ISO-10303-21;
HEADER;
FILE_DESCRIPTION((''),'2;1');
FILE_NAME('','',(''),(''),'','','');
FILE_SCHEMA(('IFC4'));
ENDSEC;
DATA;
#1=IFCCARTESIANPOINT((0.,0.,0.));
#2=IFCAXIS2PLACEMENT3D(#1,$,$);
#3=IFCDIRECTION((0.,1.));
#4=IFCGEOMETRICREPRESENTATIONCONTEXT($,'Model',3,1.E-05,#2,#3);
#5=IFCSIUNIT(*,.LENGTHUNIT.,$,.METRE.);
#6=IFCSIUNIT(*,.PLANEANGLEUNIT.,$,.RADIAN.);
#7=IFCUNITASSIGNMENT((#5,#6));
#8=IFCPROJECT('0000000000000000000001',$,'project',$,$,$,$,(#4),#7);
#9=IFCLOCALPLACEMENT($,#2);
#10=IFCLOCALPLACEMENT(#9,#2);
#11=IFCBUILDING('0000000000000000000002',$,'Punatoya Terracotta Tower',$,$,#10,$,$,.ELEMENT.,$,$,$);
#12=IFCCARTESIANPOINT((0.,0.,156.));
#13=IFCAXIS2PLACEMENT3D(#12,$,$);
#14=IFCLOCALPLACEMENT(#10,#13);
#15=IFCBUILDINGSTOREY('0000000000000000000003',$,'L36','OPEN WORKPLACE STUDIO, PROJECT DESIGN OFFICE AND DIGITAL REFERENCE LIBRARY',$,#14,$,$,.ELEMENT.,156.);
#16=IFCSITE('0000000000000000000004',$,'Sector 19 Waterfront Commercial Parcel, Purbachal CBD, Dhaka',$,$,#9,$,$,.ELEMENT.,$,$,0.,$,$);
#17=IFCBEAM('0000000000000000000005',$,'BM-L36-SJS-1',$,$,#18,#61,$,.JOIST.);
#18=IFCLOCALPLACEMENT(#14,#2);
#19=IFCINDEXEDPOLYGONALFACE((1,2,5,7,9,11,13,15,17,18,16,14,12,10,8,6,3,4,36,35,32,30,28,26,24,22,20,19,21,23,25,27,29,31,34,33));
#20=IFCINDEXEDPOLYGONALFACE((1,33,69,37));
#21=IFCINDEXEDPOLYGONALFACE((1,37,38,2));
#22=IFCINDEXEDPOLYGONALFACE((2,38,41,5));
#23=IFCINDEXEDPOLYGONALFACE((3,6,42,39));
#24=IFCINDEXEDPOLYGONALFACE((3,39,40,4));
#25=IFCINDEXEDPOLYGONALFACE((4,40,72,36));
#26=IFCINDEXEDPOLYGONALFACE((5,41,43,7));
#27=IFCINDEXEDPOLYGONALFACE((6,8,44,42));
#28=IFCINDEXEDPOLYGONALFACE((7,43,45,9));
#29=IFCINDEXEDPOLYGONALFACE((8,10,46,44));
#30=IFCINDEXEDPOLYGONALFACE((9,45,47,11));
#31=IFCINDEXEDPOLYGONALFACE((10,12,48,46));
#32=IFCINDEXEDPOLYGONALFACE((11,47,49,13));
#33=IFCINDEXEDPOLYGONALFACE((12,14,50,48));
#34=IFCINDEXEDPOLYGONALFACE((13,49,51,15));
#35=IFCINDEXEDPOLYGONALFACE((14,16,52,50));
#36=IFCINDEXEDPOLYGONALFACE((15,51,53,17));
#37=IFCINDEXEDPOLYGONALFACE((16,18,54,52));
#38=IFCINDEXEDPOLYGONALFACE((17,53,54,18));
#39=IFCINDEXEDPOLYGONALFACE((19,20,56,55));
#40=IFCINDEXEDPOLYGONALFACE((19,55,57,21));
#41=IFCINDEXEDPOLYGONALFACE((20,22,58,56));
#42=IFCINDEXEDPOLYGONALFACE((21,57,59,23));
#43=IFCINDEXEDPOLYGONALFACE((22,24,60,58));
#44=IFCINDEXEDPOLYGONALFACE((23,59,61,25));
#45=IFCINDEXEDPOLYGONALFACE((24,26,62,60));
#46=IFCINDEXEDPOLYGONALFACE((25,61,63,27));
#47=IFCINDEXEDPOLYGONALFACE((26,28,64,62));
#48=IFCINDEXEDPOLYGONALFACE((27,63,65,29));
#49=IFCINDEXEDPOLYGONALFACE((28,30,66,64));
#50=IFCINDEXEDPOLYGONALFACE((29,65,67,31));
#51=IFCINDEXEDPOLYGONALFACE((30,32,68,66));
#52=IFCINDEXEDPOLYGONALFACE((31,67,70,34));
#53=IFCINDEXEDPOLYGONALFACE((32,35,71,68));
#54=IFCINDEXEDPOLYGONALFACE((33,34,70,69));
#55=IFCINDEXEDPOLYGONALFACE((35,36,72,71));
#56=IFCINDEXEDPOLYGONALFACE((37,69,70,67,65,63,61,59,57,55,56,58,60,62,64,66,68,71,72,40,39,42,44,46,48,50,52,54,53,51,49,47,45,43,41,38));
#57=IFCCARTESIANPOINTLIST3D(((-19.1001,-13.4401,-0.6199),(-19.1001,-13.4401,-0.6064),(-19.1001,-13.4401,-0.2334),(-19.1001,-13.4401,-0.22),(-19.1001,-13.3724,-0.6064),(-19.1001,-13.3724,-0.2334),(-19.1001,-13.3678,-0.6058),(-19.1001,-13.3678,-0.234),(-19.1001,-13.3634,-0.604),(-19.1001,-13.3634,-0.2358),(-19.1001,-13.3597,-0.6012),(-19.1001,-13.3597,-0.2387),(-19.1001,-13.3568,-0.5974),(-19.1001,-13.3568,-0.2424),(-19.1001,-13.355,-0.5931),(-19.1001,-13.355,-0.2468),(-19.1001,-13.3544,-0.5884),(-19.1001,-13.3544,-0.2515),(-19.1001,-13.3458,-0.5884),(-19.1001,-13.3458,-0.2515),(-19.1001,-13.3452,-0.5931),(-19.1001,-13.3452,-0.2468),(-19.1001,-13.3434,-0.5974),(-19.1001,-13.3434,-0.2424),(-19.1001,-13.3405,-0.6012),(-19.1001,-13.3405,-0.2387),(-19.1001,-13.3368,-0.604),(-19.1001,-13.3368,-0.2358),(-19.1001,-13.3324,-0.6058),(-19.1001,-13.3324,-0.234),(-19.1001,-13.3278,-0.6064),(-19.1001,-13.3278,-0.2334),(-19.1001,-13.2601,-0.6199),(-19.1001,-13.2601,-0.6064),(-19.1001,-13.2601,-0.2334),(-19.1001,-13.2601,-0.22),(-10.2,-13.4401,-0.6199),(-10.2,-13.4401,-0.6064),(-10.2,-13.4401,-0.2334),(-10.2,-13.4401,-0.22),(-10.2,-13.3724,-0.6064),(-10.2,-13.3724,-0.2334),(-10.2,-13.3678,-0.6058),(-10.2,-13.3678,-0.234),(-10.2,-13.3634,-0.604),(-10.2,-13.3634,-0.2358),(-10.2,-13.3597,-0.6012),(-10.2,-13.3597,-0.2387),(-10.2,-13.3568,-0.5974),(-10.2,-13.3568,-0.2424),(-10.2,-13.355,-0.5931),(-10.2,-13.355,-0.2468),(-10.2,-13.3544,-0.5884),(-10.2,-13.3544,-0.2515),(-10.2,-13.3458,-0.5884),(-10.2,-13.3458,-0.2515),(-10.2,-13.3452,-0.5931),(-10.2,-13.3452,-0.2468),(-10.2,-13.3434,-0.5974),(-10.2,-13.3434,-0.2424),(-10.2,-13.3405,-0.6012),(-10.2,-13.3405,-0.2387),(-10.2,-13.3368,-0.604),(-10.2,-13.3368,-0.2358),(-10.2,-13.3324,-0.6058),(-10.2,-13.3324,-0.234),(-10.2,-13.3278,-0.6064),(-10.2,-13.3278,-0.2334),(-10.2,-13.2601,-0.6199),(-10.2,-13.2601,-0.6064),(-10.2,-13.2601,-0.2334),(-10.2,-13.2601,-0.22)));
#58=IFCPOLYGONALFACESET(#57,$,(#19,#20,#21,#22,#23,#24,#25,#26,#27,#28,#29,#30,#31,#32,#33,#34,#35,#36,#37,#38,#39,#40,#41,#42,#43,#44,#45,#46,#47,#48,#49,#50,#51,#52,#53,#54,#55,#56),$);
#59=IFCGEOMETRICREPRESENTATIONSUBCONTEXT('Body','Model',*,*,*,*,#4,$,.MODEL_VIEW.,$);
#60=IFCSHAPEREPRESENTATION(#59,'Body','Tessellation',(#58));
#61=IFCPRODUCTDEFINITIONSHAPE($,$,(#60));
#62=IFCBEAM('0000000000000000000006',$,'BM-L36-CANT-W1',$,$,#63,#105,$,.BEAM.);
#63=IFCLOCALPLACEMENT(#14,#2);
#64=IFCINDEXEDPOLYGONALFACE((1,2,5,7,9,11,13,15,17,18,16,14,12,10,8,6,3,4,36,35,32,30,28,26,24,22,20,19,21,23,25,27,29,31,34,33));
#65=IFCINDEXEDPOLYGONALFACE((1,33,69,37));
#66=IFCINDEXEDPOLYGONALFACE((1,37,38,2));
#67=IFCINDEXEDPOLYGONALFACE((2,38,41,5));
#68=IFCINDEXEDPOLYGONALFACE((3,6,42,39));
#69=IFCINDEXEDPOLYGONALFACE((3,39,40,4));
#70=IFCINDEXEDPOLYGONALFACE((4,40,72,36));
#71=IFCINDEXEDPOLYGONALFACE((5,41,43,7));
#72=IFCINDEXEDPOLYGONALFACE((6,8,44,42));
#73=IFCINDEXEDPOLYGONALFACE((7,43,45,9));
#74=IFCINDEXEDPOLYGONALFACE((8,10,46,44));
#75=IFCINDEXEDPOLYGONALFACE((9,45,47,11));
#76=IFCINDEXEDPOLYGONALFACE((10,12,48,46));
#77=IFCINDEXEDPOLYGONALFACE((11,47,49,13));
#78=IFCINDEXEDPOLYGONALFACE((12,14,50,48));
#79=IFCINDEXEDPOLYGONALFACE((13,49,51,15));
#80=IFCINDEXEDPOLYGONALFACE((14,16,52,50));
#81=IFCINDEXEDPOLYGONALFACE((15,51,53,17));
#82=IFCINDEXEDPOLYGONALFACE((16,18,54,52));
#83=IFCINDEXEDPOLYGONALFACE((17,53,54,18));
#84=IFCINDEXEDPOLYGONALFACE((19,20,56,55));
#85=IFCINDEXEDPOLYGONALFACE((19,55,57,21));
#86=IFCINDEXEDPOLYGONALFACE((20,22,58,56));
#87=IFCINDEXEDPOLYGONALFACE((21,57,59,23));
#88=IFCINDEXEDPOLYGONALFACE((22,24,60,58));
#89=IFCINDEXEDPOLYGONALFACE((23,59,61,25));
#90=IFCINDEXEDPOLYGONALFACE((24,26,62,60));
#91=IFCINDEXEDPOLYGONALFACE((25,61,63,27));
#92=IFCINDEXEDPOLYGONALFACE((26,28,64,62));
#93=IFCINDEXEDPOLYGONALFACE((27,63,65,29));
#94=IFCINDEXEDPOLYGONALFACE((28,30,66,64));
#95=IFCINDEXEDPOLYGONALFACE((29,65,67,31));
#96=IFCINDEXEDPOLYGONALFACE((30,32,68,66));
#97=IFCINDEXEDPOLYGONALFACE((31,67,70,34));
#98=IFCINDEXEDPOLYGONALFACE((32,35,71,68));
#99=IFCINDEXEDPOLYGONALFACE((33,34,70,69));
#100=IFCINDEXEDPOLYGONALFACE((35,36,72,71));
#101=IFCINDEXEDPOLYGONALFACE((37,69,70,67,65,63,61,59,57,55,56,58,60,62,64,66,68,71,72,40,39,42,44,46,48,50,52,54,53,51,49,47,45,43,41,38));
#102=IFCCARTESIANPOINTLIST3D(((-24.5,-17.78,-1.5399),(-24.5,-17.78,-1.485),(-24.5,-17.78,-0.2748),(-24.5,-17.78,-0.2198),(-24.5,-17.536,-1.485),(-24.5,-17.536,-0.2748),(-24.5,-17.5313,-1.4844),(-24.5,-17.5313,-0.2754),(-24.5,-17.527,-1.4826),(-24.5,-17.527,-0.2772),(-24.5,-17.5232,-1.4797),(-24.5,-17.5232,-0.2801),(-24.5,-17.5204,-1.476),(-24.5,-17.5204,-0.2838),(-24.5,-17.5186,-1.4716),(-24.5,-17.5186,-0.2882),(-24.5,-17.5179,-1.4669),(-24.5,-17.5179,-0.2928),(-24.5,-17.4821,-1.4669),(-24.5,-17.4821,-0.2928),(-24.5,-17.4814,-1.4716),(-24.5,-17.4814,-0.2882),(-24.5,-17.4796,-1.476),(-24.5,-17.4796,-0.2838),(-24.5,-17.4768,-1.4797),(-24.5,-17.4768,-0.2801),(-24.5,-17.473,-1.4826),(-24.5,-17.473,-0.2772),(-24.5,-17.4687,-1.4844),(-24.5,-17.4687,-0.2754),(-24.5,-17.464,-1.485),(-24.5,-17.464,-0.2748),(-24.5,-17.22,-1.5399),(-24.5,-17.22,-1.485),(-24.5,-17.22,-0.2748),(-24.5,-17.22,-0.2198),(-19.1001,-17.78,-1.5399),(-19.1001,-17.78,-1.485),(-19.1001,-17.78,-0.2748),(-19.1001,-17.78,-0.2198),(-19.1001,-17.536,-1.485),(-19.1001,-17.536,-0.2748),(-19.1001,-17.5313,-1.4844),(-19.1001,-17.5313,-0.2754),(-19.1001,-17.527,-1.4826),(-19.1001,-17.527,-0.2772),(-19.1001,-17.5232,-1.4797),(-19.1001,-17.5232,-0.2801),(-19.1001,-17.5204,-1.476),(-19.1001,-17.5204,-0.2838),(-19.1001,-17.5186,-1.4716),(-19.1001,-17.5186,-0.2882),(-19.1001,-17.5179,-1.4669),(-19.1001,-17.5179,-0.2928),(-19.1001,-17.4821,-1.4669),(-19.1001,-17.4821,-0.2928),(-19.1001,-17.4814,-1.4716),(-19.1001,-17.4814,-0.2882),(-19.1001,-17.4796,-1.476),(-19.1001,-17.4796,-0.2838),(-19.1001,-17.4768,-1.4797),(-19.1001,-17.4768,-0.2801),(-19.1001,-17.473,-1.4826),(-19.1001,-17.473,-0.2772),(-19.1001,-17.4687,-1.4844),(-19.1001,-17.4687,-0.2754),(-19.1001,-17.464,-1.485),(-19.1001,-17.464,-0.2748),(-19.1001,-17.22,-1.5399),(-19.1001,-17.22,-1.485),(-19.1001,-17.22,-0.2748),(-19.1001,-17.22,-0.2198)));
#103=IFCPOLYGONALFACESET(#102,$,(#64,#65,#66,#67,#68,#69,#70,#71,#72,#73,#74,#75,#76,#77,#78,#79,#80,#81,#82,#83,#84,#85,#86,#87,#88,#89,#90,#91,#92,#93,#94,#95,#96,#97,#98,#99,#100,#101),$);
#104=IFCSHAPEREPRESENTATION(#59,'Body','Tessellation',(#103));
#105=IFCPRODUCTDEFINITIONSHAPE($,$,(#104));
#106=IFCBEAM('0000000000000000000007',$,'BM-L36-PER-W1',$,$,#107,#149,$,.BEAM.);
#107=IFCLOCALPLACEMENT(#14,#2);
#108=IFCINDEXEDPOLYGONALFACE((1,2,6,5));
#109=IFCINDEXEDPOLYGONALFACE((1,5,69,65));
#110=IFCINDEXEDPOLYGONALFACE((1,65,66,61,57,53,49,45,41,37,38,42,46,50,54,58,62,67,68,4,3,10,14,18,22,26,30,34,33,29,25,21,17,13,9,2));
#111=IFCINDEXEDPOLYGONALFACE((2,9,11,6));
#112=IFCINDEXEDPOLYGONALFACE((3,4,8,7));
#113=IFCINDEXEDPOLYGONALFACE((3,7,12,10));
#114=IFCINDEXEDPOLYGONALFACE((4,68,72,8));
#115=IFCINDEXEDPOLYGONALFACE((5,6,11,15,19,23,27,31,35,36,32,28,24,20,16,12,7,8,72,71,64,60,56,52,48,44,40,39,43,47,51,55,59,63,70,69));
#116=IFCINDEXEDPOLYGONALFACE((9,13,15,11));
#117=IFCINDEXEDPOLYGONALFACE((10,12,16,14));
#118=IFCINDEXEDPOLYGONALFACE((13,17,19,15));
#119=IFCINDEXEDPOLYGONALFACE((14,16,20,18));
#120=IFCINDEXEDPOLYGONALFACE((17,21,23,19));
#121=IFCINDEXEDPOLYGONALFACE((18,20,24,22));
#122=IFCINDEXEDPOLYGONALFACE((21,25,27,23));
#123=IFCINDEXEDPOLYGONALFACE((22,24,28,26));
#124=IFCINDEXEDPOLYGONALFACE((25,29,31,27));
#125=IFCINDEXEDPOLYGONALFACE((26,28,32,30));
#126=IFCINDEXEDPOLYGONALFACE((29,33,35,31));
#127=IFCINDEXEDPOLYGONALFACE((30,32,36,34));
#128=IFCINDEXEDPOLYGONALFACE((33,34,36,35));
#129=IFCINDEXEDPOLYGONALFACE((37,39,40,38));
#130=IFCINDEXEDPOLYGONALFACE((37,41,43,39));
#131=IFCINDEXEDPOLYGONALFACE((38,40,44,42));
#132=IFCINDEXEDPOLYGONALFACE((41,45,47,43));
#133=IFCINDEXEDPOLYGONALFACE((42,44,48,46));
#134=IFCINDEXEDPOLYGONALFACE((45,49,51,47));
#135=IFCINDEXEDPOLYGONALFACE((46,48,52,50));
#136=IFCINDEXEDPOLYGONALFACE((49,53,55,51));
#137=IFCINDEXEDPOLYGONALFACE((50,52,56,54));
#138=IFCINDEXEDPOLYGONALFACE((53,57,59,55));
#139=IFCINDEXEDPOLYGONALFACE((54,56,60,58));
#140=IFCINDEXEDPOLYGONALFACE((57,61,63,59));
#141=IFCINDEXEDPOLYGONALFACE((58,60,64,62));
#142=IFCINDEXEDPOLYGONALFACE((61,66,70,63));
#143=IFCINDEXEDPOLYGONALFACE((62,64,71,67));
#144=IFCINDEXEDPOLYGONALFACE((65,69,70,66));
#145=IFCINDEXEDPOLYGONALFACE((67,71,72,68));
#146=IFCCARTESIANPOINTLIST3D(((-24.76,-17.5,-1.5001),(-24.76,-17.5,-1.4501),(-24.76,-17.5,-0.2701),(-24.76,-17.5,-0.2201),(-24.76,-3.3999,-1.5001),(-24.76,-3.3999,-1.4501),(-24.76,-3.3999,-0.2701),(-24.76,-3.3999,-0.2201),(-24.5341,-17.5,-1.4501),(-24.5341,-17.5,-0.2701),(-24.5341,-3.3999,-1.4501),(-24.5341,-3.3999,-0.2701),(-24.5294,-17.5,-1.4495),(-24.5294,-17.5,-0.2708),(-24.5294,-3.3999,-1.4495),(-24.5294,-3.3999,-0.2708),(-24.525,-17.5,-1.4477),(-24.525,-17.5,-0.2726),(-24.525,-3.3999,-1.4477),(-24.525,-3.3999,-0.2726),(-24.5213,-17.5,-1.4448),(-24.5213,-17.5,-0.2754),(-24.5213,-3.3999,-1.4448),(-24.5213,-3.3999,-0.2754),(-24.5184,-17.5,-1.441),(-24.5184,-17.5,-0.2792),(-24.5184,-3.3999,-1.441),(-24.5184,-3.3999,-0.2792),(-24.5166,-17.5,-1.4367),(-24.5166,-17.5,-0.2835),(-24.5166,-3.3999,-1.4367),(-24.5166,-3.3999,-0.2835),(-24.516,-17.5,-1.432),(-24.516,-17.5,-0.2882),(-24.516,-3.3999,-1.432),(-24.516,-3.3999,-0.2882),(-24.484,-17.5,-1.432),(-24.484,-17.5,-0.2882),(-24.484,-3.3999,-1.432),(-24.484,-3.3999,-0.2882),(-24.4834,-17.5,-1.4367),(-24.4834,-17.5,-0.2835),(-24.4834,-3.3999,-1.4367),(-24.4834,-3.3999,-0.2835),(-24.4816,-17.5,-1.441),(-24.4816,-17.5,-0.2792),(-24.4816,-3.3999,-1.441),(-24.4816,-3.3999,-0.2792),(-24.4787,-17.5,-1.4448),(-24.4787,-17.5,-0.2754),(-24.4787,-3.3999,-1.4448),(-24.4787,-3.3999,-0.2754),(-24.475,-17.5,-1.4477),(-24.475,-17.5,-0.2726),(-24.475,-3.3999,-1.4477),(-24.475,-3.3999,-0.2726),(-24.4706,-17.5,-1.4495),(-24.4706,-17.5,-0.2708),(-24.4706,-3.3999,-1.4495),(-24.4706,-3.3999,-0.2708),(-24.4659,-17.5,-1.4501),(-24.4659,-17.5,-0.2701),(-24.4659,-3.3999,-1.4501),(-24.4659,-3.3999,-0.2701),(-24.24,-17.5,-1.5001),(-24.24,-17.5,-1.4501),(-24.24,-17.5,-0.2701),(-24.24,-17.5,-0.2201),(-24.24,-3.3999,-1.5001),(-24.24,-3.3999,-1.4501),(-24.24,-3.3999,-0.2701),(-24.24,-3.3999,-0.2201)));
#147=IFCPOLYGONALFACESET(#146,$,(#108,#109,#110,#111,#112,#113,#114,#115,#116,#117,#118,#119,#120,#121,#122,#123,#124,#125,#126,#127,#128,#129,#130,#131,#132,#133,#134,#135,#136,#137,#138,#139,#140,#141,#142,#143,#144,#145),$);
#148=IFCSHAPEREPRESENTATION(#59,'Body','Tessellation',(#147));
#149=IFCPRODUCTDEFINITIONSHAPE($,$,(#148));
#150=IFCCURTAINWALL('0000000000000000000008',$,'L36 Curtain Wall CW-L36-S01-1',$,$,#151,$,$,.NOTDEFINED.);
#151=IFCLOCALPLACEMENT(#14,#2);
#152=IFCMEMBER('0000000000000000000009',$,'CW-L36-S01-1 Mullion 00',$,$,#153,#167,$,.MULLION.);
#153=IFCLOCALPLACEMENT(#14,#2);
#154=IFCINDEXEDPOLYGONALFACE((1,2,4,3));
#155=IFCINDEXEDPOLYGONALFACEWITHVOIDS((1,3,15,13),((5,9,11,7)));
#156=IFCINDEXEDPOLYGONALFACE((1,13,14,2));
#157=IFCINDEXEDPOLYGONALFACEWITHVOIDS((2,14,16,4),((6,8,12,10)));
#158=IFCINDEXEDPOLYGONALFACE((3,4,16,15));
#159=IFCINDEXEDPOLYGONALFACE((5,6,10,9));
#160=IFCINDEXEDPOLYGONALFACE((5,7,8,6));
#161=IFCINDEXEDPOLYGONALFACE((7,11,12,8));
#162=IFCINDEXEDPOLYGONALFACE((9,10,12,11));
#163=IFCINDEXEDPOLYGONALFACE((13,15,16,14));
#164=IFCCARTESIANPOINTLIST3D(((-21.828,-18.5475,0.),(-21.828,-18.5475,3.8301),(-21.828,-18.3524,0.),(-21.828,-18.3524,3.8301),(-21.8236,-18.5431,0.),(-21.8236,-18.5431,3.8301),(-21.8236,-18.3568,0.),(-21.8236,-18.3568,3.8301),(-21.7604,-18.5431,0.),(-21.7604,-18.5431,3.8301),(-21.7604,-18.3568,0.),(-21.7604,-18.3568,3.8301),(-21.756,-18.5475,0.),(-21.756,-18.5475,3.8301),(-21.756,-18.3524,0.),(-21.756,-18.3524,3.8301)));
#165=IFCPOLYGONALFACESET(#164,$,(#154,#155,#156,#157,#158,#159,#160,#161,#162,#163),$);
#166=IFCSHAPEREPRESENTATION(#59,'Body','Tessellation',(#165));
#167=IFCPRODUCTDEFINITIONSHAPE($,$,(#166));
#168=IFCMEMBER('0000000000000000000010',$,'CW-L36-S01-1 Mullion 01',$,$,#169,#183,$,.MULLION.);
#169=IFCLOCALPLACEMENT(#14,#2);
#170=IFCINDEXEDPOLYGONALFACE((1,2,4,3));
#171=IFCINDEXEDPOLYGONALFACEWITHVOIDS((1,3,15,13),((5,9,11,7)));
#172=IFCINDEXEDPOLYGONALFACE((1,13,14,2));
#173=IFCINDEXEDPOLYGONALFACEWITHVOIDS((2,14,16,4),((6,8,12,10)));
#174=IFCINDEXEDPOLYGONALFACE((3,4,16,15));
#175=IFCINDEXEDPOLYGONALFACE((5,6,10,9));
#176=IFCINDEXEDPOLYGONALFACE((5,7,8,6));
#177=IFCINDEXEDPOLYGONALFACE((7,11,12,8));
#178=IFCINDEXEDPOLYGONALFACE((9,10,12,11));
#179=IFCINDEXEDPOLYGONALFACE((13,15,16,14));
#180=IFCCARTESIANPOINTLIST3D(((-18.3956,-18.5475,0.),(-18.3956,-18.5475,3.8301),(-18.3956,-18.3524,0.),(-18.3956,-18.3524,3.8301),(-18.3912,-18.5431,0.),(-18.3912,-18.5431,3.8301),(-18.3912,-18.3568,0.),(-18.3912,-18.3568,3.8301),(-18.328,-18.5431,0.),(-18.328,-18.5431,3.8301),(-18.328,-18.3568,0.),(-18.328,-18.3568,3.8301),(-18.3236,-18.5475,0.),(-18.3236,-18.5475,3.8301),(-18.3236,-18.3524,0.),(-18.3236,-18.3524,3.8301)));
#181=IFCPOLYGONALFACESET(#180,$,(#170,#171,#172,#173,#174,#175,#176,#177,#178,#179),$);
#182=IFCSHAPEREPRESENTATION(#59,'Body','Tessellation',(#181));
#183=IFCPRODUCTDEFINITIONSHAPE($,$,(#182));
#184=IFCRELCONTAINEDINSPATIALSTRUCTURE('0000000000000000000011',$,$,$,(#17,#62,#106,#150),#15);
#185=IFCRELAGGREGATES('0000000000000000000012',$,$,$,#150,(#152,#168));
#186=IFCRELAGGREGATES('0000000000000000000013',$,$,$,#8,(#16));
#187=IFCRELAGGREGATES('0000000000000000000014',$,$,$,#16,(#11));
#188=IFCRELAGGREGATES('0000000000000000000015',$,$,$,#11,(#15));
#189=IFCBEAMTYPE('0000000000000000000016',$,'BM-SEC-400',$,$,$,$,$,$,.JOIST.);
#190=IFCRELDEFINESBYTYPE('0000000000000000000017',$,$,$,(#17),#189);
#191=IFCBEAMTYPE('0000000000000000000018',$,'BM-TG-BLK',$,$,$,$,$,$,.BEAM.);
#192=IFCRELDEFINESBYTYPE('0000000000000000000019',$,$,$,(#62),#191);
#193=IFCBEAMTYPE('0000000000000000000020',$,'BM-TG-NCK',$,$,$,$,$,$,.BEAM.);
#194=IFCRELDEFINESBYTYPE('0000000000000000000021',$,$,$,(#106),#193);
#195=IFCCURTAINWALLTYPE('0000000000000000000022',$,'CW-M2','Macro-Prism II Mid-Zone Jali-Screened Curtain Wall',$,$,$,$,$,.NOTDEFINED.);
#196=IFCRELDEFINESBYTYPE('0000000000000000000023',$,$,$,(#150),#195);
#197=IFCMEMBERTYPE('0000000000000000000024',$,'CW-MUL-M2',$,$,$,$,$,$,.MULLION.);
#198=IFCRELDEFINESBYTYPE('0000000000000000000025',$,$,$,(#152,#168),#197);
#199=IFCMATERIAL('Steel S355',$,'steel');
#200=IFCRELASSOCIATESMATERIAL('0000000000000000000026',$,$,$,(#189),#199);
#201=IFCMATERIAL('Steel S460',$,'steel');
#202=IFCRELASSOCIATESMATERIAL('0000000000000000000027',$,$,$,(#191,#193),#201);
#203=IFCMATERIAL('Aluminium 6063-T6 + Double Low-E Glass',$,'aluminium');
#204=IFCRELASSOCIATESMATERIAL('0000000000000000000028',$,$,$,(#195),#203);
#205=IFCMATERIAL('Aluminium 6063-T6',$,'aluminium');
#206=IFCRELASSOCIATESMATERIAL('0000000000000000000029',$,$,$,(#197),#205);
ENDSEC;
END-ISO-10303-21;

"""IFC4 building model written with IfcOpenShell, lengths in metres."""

from ifc_helpers import new_model, si_unit, direction, frame, origin, origin_2d, place, context, subcontext, project, spatial, hollow_rectangle, i_section, extrude, material, material_profile, profile_set, type_object, element, aggregate, save


model = new_model("IFC4")

# Units and contexts
model_context = context("Model", 3, precision=1e-05, world=origin(), true_north=direction((0.0, 1.0)))
body_context = subcontext(model_context, "Body", "Model", "MODEL_VIEW")
ifc_project = project(units=[si_unit("LENGTHUNIT", "METRE"), si_unit("PLANEANGLEUNIT", "RADIAN")], contexts=[model_context])

# Site, building, storey
site_placement = place(None, origin())
site = spatial("IfcSite", under=ifc_project, at=site_placement, Name="Sector 19 Waterfront Commercial Parcel, Purbachal CBD, Dhaka", CompositionType="ELEMENT", RefElevation=0.0)
building_placement = place(site_placement, origin())
building = spatial("IfcBuilding", under=site, at=building_placement, Name="Punatoya Terracotta Tower", CompositionType="ELEMENT")
storey_placement = place(building_placement, frame((0.0, 0.0, 156.0)))
storey = spatial("IfcBuildingStorey", under=building, at=storey_placement, Name="L36", Description="OPEN WORKPLACE STUDIO, PROJECT DESIGN OFFICE AND DIGITAL REFERENCE LIBRARY", CompositionType="ELEMENT", Elevation=156.0)

# Shared definitions
ifc_material_1 = material(Name="Steel S460", Category="steel")

# Beams
ifc_material_2 = material(Name="Steel S355", Category="steel")
ifc_material_profile_1 = material_profile(ifc_material_2, i_section(OverallWidth=0.1799, OverallDepth=0.3999, WebThickness=0.0085, FlangeThickness=0.0134, FilletRadius=0.0181, at=origin_2d()))
ifc_profile_set_1 = profile_set([ifc_material_profile_1], Name="Steel S355")
beam_type_1 = type_object("IfcBeamType", Name="BM-SEC-400", PredefinedType="JOIST", material=ifc_profile_set_1)
beam_1_placement = place(storey_placement, frame((-19.1001, -13.3501, -0.4199), z_axis=(1.0, 0.0, 0.0), x_axis=(0.0, 1.0, 0.0)))
element("IfcBeam", 1, at=beam_1_placement, inside=storey, type_object=beam_type_1, Name="BM-L36-SJS-1", PredefinedType="JOIST", context=body_context, shape_type="SweptSolid", body=[
    extrude(i_section(OverallWidth=0.1799, OverallDepth=0.3999, WebThickness=0.0085, FlangeThickness=0.0134, FilletRadius=0.0181, at=origin_2d()), origin(), (0.0, 0.0, 1.0), 8.9001),
])
ifc_material_profile_2 = material_profile(ifc_material_1, i_section(OverallWidth=0.5601, OverallDepth=1.3201, WebThickness=0.0359, FlangeThickness=0.0549, FilletRadius=0.0181, at=origin_2d()))
ifc_profile_set_2 = profile_set([ifc_material_profile_2], Name="Steel S460")
beam_type_2 = type_object("IfcBeamType", Name="BM-TG-BLK", PredefinedType="BEAM", material=ifc_profile_set_2)
beam_2_placement = place(storey_placement, frame((-24.5, -17.5, -0.8799), z_axis=(1.0, 0.0, 0.0), x_axis=(0.0, 1.0, 0.0)))
element("IfcBeam", 2, at=beam_2_placement, inside=storey, type_object=beam_type_2, Name="BM-L36-CANT-W1", PredefinedType="BEAM", context=body_context, shape_type="SweptSolid", body=[
    extrude(i_section(OverallWidth=0.5601, OverallDepth=1.3201, WebThickness=0.0359, FlangeThickness=0.0549, FilletRadius=0.0181, at=origin_2d()), origin(), (0.0, 0.0, 1.0), 5.3999),
])
ifc_material_profile_3 = material_profile(ifc_material_1, i_section(OverallWidth=0.52, OverallDepth=1.28, WebThickness=0.032, FlangeThickness=0.05, FilletRadius=0.0181, at=origin_2d()))
ifc_profile_set_3 = profile_set([ifc_material_profile_3], Name="Steel S460")
beam_type_3 = type_object("IfcBeamType", Name="BM-TG-NCK", PredefinedType="BEAM", material=ifc_profile_set_3)
beam_3_placement = place(storey_placement, frame((-24.5, -17.5, -0.8601), z_axis=(0.0, 1.0, 0.0), x_axis=(-1.0, 0.0, 0.0)))
element("IfcBeam", 3, at=beam_3_placement, inside=storey, type_object=beam_type_3, Name="BM-L36-PER-W1", PredefinedType="BEAM", context=body_context, shape_type="SweptSolid", body=[
    extrude(i_section(OverallWidth=0.52, OverallDepth=1.28, WebThickness=0.032, FlangeThickness=0.05, FilletRadius=0.0181, at=origin_2d()), origin(), (0.0, 0.0, 1.0), 14.1001),
])

# Curtain wall, members
ifc_material_3 = material(Name="Aluminium 6063-T6 + Double Low-E Glass", Category="aluminium")
curtain_wall_type = type_object("IfcCurtainWallType", Name="CW-M2", Description="Macro-Prism II Mid-Zone Jali-Screened Curtain Wall", PredefinedType="NOTDEFINED", material=ifc_material_3)
curtain_wall_1_placement = place(storey_placement, origin())
curtain_wall_1 = element("IfcCurtainWall", 4, at=curtain_wall_1_placement, inside=storey, type_object=curtain_wall_type, Name="L36 Curtain Wall CW-L36-S01-1", PredefinedType="NOTDEFINED")
ifc_material_4 = material(Name="Aluminium 6063-T6", Category="aluminium")
ifc_material_profile_4 = material_profile(ifc_material_4, hollow_rectangle(XDim=0.072, YDim=0.1951, WallThickness=0.0044, at=origin_2d()))
ifc_profile_set_4 = profile_set([ifc_material_profile_4], Name="Aluminium 6063-T6")
member_type_1 = type_object("IfcMemberType", Name="CW-MUL-M2", PredefinedType="MULLION", material=ifc_profile_set_4)
member_1_placement = place(storey_placement, frame((-21.792, -18.45, 0.0), z_axis=(0.0, 0.0, 1.0), x_axis=(1.0, 0.0, 0.0)))
member_1 = element("IfcMember", 5, at=member_1_placement, type_object=member_type_1, Name="CW-L36-S01-1 Mullion 00", PredefinedType="MULLION", context=body_context, shape_type="SweptSolid", body=[
    extrude(hollow_rectangle(XDim=0.072, YDim=0.1951, WallThickness=0.0044, at=origin_2d()), origin(), (0.0, 0.0, 1.0), 3.8301),
])
member_2_placement = place(storey_placement, frame((-18.3596, -18.45, 0.0), z_axis=(0.0, 0.0, 1.0), x_axis=(1.0, 0.0, 0.0)))
member_2 = element("IfcMember", 6, at=member_2_placement, type_object=member_type_1, Name="CW-L36-S01-1 Mullion 01", PredefinedType="MULLION", context=body_context, shape_type="SweptSolid", body=[
    extrude(hollow_rectangle(XDim=0.072, YDim=0.1951, WallThickness=0.0044, at=origin_2d()), origin(), (0.0, 0.0, 1.0), 3.8301),
])

aggregate(curtain_wall_1, [member_1, member_2])

save(model, "model.ifc")
